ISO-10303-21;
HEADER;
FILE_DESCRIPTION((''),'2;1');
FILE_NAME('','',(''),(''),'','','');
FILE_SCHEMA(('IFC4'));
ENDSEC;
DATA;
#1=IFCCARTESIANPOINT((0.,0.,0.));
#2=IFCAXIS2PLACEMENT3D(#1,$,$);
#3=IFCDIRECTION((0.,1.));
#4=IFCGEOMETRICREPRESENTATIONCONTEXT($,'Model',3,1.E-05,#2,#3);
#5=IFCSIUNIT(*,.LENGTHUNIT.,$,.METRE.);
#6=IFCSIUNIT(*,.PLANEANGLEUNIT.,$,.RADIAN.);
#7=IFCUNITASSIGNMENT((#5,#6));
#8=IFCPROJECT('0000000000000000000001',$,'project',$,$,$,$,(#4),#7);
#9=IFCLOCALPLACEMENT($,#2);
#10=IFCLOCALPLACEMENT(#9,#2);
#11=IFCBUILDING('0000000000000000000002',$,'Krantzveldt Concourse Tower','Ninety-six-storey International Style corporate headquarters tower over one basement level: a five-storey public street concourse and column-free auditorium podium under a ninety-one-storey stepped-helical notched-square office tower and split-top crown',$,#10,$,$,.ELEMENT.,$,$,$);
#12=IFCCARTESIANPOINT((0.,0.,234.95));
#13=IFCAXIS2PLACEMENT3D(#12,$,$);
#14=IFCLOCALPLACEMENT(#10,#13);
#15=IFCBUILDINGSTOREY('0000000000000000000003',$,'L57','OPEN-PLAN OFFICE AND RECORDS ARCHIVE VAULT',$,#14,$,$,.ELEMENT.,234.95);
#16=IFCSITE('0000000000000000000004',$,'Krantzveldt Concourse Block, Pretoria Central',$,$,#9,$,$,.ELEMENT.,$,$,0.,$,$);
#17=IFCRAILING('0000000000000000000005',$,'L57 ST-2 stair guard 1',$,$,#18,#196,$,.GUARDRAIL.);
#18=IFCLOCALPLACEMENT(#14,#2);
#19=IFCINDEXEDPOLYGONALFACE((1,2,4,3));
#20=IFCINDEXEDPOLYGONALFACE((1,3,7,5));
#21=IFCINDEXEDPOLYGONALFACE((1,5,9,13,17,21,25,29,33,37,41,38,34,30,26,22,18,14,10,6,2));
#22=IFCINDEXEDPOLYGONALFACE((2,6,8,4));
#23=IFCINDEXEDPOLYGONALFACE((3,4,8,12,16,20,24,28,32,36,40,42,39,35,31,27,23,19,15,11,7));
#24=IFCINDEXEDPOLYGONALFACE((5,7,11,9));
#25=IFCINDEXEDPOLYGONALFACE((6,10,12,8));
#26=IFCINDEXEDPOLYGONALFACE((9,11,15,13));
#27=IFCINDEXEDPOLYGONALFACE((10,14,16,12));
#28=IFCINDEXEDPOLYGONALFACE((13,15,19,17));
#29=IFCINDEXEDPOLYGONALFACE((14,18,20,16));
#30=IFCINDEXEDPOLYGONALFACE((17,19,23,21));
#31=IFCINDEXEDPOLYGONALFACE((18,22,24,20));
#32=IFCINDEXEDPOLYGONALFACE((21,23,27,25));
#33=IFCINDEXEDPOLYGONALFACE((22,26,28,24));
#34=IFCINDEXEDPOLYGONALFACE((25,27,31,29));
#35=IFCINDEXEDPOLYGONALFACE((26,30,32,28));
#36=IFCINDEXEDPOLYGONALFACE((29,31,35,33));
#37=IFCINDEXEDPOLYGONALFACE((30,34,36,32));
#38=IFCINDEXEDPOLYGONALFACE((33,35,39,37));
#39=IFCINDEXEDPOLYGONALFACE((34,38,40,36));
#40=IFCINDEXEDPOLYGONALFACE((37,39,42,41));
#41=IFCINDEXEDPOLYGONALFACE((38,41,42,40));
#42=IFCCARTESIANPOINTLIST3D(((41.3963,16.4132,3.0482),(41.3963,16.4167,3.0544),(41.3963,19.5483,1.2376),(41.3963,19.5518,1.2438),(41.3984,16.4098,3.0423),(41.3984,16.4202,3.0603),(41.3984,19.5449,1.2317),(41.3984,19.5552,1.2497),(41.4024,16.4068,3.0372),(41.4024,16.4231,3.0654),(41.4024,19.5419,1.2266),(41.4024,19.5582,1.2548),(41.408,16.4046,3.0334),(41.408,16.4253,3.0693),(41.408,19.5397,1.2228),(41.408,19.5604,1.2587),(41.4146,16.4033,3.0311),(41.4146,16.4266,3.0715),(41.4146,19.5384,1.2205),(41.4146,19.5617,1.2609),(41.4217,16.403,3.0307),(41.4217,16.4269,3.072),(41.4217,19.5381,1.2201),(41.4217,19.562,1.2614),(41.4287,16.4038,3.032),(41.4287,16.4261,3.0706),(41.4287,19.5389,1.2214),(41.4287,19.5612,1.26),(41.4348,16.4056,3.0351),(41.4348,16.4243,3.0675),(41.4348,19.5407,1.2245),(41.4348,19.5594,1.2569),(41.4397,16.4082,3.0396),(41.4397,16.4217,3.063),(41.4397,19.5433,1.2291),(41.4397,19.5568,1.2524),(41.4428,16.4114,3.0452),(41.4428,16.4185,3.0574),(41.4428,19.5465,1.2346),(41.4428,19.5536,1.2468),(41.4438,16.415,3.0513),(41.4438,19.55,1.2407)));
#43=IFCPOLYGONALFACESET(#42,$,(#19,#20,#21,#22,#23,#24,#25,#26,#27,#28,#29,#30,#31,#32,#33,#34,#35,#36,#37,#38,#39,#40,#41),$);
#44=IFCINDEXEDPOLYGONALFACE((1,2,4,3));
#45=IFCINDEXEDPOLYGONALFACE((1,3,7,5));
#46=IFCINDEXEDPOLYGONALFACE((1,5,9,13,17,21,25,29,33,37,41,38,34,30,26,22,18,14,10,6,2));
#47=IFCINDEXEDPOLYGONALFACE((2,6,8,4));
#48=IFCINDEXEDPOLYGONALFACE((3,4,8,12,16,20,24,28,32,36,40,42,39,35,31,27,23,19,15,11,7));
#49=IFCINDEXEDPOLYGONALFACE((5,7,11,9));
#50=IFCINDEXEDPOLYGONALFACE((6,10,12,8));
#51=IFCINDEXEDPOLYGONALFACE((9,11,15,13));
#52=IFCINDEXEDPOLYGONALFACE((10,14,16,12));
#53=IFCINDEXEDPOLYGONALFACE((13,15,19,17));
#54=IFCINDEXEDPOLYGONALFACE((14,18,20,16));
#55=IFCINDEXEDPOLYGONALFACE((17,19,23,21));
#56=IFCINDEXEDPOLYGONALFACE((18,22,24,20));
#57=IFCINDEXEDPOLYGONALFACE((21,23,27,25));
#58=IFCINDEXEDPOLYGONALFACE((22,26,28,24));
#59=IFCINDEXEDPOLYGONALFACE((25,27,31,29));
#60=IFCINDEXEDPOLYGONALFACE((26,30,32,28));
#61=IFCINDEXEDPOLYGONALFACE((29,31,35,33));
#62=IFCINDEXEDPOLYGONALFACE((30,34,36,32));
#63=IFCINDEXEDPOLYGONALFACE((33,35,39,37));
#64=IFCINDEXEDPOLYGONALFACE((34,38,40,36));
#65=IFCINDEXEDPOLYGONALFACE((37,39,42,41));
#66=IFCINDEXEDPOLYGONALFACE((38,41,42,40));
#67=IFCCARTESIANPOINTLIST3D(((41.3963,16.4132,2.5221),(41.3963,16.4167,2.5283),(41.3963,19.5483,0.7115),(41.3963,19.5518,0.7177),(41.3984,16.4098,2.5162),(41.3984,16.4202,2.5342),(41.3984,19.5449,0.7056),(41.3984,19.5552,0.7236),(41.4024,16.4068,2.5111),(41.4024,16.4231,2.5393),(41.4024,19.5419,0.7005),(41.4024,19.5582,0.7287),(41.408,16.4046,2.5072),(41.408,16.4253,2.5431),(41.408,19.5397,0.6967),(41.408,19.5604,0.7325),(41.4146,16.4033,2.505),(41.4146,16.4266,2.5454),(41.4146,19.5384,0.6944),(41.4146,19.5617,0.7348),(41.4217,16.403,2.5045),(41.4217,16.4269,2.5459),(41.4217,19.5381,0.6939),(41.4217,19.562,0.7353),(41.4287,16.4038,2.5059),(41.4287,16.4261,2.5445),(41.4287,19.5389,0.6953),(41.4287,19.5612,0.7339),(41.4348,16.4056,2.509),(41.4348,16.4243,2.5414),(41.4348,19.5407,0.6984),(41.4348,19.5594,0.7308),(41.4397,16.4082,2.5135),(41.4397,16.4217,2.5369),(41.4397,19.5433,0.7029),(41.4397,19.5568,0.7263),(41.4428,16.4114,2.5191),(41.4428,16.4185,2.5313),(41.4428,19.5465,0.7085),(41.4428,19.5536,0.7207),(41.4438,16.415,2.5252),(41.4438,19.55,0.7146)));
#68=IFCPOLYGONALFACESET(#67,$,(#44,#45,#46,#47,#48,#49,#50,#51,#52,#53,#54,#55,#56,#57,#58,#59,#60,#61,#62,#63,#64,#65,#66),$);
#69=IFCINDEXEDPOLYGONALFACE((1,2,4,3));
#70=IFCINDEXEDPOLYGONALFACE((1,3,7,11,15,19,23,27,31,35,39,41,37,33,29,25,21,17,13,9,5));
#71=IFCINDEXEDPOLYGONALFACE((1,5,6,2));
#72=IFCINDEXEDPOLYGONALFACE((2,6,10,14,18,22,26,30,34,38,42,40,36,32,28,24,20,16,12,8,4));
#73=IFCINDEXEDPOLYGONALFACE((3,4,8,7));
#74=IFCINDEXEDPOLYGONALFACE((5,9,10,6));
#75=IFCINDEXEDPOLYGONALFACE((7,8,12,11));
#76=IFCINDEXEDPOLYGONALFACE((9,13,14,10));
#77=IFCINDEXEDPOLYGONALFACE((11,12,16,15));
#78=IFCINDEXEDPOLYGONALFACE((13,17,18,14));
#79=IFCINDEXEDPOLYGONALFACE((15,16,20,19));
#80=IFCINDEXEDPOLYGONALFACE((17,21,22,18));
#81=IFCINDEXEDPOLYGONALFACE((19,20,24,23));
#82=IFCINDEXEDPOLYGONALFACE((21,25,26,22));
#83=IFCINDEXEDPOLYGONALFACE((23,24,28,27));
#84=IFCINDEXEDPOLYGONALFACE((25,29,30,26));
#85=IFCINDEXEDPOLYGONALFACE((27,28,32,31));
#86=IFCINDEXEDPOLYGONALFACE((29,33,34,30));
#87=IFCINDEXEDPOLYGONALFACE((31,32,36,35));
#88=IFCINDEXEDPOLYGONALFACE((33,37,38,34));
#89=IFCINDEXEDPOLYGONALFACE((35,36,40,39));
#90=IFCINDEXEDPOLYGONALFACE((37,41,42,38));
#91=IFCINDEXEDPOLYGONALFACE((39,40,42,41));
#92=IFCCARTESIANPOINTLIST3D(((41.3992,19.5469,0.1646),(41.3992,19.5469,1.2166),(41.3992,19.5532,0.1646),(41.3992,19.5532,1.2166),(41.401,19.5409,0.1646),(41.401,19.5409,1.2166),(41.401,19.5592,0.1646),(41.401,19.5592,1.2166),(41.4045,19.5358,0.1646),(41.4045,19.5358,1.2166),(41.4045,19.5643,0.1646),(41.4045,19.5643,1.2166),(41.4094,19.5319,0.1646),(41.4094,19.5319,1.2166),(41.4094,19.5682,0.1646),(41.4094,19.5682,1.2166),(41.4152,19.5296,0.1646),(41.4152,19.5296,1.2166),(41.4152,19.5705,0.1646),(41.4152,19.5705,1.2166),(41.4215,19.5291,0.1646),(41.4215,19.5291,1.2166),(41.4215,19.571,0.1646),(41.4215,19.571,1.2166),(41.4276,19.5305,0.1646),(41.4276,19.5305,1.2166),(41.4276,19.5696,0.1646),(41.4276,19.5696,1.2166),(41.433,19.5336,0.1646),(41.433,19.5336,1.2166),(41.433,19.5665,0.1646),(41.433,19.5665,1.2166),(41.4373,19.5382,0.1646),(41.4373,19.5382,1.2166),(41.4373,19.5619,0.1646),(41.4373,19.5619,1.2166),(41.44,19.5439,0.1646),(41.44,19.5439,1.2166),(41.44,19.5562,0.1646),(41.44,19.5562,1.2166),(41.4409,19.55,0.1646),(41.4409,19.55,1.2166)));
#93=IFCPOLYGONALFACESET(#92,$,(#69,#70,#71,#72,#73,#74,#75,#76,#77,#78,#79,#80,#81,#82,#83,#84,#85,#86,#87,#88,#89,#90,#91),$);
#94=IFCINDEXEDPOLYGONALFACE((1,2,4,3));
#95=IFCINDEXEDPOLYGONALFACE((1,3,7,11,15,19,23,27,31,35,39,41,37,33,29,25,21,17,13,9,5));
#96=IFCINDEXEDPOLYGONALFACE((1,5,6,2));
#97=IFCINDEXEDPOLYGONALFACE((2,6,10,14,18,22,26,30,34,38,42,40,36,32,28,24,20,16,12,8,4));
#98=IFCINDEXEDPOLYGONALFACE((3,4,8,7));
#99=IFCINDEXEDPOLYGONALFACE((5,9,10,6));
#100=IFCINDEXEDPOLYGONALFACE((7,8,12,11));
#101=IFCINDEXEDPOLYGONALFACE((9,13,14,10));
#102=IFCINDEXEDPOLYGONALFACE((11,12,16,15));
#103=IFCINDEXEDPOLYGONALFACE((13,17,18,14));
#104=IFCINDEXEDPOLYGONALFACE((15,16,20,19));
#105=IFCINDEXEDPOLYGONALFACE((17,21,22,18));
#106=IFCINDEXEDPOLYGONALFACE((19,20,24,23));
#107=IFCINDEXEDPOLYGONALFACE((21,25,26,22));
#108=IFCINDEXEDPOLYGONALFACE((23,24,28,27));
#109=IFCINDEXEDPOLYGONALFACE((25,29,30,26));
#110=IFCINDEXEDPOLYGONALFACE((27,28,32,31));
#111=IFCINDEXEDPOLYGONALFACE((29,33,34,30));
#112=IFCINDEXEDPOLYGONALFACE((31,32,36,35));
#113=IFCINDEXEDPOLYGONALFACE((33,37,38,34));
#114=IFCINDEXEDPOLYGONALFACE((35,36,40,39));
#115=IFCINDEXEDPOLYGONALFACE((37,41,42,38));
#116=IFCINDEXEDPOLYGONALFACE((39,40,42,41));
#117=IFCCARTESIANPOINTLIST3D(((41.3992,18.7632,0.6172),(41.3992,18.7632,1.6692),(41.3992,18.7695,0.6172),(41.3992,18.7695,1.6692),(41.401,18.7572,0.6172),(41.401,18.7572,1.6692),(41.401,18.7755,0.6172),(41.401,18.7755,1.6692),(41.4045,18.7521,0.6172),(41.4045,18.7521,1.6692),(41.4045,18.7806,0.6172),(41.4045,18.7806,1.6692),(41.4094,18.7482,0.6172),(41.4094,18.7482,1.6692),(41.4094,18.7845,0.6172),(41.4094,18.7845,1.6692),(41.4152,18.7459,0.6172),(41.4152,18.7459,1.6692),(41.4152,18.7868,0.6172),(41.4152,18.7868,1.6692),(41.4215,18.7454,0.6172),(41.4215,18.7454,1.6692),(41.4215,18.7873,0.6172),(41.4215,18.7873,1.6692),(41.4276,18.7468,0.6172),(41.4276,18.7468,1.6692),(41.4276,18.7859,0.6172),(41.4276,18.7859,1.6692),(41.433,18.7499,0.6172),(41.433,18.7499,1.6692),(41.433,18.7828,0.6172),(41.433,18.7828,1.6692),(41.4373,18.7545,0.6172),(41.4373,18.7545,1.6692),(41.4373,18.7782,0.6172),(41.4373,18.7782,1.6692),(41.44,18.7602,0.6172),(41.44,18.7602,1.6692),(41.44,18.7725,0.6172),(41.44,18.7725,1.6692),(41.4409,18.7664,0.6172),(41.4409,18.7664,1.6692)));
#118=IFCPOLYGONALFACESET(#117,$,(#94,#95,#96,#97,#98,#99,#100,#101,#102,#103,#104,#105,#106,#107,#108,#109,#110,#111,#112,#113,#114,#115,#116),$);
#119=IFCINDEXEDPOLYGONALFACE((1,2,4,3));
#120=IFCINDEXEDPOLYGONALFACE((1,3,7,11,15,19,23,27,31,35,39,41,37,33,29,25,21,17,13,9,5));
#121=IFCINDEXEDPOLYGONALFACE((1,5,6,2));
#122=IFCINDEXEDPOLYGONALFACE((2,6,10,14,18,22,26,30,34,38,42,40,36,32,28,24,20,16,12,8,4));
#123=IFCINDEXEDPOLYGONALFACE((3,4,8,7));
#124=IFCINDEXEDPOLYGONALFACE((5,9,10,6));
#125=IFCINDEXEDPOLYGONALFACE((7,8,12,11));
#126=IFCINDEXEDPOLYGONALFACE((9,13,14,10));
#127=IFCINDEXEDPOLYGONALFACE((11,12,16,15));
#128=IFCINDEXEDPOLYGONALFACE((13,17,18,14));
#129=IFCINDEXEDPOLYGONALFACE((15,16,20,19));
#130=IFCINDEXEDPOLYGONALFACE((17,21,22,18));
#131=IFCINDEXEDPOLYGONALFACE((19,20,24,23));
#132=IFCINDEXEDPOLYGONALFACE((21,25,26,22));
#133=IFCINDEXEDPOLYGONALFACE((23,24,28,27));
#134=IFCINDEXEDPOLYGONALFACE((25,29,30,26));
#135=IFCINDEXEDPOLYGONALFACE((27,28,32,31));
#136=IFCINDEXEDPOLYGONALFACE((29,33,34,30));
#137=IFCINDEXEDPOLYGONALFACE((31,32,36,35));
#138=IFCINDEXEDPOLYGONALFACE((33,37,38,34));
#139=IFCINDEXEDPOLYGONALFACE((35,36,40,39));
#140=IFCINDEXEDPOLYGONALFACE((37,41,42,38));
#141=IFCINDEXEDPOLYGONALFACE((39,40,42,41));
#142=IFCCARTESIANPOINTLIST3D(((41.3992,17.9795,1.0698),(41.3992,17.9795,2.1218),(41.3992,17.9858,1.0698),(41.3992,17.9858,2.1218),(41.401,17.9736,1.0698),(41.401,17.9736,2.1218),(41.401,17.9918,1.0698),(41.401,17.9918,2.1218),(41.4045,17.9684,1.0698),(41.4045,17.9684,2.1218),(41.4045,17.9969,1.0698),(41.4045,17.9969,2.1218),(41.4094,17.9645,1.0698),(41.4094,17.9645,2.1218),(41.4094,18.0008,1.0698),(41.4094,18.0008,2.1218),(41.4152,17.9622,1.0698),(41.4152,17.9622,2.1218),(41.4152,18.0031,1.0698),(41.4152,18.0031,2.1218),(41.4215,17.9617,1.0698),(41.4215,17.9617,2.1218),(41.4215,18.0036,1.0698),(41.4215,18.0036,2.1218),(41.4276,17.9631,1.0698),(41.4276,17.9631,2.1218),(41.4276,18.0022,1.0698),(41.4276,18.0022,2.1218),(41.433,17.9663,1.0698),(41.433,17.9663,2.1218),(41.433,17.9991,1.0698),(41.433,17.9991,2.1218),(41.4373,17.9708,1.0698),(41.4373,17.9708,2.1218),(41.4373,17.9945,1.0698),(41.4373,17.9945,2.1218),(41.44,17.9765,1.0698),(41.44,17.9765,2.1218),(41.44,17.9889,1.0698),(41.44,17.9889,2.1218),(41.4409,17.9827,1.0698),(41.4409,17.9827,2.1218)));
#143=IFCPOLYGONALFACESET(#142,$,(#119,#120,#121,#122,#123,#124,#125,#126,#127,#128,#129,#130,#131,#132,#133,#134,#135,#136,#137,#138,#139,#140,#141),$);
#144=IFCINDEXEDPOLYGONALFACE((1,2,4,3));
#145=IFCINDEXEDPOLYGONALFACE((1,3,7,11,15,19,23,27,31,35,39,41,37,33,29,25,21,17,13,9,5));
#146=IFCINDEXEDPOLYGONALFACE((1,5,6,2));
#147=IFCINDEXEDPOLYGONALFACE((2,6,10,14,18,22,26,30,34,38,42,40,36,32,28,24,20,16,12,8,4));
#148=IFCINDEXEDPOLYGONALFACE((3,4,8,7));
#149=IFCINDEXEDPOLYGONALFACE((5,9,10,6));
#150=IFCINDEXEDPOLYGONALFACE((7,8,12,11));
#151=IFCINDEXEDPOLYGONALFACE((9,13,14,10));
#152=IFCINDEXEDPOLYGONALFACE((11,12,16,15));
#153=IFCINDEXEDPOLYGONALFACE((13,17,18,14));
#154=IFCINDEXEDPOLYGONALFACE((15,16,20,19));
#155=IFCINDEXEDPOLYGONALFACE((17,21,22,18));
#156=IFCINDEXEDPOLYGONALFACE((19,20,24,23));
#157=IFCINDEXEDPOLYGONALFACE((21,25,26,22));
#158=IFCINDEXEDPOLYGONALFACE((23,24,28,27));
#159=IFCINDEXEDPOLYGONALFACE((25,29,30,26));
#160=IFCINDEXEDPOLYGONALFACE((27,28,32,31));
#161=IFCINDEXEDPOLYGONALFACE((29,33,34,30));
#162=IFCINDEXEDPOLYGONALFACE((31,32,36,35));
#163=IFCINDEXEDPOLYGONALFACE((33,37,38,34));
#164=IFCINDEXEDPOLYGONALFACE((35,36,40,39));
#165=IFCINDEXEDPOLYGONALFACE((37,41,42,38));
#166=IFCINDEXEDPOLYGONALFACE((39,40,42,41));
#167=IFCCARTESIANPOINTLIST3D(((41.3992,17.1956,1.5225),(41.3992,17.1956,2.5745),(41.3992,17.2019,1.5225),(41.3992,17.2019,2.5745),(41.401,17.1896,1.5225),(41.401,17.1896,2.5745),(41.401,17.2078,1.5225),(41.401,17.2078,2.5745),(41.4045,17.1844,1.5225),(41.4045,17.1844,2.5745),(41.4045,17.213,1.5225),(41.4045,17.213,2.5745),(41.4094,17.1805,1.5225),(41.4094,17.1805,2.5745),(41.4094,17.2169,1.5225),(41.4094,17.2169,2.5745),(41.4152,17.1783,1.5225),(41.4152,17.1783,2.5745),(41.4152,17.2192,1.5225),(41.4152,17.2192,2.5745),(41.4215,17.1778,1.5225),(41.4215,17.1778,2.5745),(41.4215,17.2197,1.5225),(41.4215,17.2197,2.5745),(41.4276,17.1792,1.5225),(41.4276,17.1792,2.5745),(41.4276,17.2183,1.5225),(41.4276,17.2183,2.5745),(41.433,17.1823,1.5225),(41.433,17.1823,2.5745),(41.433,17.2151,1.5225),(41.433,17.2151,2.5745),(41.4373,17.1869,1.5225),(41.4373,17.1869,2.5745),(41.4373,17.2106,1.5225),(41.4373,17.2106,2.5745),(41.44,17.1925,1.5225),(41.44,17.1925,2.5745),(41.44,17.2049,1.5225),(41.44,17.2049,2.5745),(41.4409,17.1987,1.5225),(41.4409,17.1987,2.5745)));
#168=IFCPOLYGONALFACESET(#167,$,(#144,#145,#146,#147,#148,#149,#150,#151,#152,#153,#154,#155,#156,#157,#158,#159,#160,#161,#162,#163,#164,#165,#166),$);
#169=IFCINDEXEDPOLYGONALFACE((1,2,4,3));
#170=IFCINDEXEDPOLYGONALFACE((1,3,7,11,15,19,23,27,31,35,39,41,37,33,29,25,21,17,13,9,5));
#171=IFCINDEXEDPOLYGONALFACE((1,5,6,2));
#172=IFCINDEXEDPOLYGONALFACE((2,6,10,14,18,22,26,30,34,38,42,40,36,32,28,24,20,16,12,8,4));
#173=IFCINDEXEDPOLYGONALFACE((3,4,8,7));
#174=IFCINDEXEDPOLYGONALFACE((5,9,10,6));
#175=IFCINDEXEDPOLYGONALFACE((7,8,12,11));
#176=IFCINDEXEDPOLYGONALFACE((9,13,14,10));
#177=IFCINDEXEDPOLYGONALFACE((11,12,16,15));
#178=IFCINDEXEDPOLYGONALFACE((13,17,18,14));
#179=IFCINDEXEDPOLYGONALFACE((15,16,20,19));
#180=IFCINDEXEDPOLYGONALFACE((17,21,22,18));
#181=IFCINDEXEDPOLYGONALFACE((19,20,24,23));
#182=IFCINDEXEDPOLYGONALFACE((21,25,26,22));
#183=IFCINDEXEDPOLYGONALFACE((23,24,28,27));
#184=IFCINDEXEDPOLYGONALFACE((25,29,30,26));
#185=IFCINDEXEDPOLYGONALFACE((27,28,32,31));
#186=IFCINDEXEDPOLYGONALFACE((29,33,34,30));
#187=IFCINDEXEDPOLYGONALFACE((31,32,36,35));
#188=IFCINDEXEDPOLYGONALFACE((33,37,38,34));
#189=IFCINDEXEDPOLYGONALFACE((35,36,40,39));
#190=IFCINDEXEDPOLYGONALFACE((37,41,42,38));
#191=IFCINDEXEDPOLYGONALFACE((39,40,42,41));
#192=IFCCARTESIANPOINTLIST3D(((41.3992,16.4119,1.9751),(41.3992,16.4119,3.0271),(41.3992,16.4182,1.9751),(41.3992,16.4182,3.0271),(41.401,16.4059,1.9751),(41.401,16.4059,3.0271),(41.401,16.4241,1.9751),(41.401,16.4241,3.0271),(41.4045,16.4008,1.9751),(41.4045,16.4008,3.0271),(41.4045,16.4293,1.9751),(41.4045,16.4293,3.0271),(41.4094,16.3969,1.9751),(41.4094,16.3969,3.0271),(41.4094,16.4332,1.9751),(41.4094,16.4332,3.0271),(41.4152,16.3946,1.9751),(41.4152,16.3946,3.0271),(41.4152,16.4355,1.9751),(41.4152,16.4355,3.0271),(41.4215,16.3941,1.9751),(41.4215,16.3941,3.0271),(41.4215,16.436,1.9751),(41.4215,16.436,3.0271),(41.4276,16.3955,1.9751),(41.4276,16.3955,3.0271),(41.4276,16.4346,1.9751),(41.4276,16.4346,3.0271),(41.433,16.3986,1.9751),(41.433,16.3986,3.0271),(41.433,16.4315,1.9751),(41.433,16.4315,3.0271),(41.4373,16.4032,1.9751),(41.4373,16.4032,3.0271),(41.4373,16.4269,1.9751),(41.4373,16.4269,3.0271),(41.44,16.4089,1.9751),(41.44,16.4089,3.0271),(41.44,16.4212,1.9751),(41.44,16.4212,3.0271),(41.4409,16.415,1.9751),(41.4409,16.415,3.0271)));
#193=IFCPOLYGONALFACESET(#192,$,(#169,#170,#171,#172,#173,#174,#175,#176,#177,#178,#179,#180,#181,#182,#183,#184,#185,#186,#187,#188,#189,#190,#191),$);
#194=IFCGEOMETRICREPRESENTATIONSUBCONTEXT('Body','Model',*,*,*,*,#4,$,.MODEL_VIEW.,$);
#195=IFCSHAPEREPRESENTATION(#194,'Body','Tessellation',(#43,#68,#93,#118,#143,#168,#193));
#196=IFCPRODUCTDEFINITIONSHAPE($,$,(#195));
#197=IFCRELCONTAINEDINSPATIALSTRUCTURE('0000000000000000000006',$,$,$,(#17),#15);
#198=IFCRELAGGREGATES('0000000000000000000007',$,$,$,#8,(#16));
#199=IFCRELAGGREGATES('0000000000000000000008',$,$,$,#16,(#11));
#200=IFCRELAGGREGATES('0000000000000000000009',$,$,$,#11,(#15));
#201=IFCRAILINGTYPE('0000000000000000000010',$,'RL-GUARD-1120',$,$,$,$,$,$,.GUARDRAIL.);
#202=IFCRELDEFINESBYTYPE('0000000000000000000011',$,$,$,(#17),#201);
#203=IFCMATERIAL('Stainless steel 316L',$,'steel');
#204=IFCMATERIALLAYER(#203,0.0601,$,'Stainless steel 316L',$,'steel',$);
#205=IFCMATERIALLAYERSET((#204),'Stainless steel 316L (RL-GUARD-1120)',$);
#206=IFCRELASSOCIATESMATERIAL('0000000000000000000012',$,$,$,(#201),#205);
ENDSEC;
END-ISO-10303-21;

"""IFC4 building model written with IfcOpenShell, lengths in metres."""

from ifc_helpers import new_model, si_unit, direction, frame, origin, origin_2d, place, context, subcontext, project, spatial, circle, extrude, material, layer, layer_set, type_object, element, save


model = new_model("IFC4")

# Units and contexts
model_context = context("Model", 3, precision=1e-05, world=origin(), true_north=direction((0.0, 1.0)))
body_context = subcontext(model_context, "Body", "Model", "MODEL_VIEW")
ifc_project = project(units=[si_unit("LENGTHUNIT", "METRE"), si_unit("PLANEANGLEUNIT", "RADIAN")], contexts=[model_context])

# Site, building, storey
site_placement = place(None, origin())
site = spatial("IfcSite", under=ifc_project, at=site_placement, Name="Krantzveldt Concourse Block, Pretoria Central", CompositionType="ELEMENT", RefElevation=0.0)
building_placement = place(site_placement, origin())
building = spatial("IfcBuilding", under=site, at=building_placement, Name="Krantzveldt Concourse Tower", Description="Ninety-six-storey International Style corporate headquarters tower over one basement level: a five-storey public street concourse and column-free auditorium podium under a ninety-one-storey stepped-helical notched-square office tower and split-top crown", CompositionType="ELEMENT")
storey_placement = place(building_placement, frame((0.0, 0.0, 234.95)))
storey = spatial("IfcBuildingStorey", under=building, at=storey_placement, Name="L57", Description="OPEN-PLAN OFFICE AND RECORDS ARCHIVE VAULT", CompositionType="ELEMENT", Elevation=234.95)

# Shared definitions
ifc_material_1 = material(Name="Stainless steel 316L", Category="steel")

# Railing
ifc_layer_1 = layer(ifc_material_1, 0.0601, Name="Stainless steel 316L", Category="steel")
ifc_layer_set_1 = layer_set([ifc_layer_1], Name="Stainless steel 316L (RL-GUARD-1120)")
railing_type_1 = type_object("IfcRailingType", Name="RL-GUARD-1120", PredefinedType="GUARDRAIL", material=ifc_layer_set_1)
railing_1_placement = place(storey_placement, frame((41.4199, 19.55, 0.1646)))
element("IfcRailing", 1, at=railing_1_placement, inside=storey, type_object=railing_type_1, Name="L57 ST-2 stair guard 1", PredefinedType="GUARDRAIL", context=body_context, shape_type="SweptSolid", body=[
    extrude(circle(Radius=0.0239, at=origin_2d()), frame((0.0, 0.0, 1.0762), z_axis=(0.0, -0.86596, 0.500114), x_axis=(1.0, 0.0, 0.0)), (0.0, 0.0, 1.0), 3.6204),
    extrude(circle(Radius=0.0239, at=origin_2d()), frame((0.0, 0.0, 0.55), z_axis=(0.0, -0.86596, 0.500114), x_axis=(1.0, 0.0, 0.0)), (0.0, 0.0, 1.0), 3.6204),
    extrude(circle(Radius=0.021, at=origin_2d()), origin(), (0.0, 0.0, 1.0), 1.052),
    extrude(circle(Radius=0.021, at=origin_2d()), frame((0.0, -0.7837, 0.4526)), (0.0, 0.0, 1.0), 1.052),
    extrude(circle(Radius=0.021, at=origin_2d()), frame((0.0, -1.5674, 0.9053)), (0.0, 0.0, 1.0), 1.052),
    extrude(circle(Radius=0.021, at=origin_2d()), frame((0.0, -2.3513, 1.3579)), (0.0, 0.0, 1.0), 1.052),
    extrude(circle(Radius=0.021, at=origin_2d()), frame((0.0, -3.135, 1.8105)), (0.0, 0.0, 1.0), 1.052),
])

save(model, "model.ifc")
